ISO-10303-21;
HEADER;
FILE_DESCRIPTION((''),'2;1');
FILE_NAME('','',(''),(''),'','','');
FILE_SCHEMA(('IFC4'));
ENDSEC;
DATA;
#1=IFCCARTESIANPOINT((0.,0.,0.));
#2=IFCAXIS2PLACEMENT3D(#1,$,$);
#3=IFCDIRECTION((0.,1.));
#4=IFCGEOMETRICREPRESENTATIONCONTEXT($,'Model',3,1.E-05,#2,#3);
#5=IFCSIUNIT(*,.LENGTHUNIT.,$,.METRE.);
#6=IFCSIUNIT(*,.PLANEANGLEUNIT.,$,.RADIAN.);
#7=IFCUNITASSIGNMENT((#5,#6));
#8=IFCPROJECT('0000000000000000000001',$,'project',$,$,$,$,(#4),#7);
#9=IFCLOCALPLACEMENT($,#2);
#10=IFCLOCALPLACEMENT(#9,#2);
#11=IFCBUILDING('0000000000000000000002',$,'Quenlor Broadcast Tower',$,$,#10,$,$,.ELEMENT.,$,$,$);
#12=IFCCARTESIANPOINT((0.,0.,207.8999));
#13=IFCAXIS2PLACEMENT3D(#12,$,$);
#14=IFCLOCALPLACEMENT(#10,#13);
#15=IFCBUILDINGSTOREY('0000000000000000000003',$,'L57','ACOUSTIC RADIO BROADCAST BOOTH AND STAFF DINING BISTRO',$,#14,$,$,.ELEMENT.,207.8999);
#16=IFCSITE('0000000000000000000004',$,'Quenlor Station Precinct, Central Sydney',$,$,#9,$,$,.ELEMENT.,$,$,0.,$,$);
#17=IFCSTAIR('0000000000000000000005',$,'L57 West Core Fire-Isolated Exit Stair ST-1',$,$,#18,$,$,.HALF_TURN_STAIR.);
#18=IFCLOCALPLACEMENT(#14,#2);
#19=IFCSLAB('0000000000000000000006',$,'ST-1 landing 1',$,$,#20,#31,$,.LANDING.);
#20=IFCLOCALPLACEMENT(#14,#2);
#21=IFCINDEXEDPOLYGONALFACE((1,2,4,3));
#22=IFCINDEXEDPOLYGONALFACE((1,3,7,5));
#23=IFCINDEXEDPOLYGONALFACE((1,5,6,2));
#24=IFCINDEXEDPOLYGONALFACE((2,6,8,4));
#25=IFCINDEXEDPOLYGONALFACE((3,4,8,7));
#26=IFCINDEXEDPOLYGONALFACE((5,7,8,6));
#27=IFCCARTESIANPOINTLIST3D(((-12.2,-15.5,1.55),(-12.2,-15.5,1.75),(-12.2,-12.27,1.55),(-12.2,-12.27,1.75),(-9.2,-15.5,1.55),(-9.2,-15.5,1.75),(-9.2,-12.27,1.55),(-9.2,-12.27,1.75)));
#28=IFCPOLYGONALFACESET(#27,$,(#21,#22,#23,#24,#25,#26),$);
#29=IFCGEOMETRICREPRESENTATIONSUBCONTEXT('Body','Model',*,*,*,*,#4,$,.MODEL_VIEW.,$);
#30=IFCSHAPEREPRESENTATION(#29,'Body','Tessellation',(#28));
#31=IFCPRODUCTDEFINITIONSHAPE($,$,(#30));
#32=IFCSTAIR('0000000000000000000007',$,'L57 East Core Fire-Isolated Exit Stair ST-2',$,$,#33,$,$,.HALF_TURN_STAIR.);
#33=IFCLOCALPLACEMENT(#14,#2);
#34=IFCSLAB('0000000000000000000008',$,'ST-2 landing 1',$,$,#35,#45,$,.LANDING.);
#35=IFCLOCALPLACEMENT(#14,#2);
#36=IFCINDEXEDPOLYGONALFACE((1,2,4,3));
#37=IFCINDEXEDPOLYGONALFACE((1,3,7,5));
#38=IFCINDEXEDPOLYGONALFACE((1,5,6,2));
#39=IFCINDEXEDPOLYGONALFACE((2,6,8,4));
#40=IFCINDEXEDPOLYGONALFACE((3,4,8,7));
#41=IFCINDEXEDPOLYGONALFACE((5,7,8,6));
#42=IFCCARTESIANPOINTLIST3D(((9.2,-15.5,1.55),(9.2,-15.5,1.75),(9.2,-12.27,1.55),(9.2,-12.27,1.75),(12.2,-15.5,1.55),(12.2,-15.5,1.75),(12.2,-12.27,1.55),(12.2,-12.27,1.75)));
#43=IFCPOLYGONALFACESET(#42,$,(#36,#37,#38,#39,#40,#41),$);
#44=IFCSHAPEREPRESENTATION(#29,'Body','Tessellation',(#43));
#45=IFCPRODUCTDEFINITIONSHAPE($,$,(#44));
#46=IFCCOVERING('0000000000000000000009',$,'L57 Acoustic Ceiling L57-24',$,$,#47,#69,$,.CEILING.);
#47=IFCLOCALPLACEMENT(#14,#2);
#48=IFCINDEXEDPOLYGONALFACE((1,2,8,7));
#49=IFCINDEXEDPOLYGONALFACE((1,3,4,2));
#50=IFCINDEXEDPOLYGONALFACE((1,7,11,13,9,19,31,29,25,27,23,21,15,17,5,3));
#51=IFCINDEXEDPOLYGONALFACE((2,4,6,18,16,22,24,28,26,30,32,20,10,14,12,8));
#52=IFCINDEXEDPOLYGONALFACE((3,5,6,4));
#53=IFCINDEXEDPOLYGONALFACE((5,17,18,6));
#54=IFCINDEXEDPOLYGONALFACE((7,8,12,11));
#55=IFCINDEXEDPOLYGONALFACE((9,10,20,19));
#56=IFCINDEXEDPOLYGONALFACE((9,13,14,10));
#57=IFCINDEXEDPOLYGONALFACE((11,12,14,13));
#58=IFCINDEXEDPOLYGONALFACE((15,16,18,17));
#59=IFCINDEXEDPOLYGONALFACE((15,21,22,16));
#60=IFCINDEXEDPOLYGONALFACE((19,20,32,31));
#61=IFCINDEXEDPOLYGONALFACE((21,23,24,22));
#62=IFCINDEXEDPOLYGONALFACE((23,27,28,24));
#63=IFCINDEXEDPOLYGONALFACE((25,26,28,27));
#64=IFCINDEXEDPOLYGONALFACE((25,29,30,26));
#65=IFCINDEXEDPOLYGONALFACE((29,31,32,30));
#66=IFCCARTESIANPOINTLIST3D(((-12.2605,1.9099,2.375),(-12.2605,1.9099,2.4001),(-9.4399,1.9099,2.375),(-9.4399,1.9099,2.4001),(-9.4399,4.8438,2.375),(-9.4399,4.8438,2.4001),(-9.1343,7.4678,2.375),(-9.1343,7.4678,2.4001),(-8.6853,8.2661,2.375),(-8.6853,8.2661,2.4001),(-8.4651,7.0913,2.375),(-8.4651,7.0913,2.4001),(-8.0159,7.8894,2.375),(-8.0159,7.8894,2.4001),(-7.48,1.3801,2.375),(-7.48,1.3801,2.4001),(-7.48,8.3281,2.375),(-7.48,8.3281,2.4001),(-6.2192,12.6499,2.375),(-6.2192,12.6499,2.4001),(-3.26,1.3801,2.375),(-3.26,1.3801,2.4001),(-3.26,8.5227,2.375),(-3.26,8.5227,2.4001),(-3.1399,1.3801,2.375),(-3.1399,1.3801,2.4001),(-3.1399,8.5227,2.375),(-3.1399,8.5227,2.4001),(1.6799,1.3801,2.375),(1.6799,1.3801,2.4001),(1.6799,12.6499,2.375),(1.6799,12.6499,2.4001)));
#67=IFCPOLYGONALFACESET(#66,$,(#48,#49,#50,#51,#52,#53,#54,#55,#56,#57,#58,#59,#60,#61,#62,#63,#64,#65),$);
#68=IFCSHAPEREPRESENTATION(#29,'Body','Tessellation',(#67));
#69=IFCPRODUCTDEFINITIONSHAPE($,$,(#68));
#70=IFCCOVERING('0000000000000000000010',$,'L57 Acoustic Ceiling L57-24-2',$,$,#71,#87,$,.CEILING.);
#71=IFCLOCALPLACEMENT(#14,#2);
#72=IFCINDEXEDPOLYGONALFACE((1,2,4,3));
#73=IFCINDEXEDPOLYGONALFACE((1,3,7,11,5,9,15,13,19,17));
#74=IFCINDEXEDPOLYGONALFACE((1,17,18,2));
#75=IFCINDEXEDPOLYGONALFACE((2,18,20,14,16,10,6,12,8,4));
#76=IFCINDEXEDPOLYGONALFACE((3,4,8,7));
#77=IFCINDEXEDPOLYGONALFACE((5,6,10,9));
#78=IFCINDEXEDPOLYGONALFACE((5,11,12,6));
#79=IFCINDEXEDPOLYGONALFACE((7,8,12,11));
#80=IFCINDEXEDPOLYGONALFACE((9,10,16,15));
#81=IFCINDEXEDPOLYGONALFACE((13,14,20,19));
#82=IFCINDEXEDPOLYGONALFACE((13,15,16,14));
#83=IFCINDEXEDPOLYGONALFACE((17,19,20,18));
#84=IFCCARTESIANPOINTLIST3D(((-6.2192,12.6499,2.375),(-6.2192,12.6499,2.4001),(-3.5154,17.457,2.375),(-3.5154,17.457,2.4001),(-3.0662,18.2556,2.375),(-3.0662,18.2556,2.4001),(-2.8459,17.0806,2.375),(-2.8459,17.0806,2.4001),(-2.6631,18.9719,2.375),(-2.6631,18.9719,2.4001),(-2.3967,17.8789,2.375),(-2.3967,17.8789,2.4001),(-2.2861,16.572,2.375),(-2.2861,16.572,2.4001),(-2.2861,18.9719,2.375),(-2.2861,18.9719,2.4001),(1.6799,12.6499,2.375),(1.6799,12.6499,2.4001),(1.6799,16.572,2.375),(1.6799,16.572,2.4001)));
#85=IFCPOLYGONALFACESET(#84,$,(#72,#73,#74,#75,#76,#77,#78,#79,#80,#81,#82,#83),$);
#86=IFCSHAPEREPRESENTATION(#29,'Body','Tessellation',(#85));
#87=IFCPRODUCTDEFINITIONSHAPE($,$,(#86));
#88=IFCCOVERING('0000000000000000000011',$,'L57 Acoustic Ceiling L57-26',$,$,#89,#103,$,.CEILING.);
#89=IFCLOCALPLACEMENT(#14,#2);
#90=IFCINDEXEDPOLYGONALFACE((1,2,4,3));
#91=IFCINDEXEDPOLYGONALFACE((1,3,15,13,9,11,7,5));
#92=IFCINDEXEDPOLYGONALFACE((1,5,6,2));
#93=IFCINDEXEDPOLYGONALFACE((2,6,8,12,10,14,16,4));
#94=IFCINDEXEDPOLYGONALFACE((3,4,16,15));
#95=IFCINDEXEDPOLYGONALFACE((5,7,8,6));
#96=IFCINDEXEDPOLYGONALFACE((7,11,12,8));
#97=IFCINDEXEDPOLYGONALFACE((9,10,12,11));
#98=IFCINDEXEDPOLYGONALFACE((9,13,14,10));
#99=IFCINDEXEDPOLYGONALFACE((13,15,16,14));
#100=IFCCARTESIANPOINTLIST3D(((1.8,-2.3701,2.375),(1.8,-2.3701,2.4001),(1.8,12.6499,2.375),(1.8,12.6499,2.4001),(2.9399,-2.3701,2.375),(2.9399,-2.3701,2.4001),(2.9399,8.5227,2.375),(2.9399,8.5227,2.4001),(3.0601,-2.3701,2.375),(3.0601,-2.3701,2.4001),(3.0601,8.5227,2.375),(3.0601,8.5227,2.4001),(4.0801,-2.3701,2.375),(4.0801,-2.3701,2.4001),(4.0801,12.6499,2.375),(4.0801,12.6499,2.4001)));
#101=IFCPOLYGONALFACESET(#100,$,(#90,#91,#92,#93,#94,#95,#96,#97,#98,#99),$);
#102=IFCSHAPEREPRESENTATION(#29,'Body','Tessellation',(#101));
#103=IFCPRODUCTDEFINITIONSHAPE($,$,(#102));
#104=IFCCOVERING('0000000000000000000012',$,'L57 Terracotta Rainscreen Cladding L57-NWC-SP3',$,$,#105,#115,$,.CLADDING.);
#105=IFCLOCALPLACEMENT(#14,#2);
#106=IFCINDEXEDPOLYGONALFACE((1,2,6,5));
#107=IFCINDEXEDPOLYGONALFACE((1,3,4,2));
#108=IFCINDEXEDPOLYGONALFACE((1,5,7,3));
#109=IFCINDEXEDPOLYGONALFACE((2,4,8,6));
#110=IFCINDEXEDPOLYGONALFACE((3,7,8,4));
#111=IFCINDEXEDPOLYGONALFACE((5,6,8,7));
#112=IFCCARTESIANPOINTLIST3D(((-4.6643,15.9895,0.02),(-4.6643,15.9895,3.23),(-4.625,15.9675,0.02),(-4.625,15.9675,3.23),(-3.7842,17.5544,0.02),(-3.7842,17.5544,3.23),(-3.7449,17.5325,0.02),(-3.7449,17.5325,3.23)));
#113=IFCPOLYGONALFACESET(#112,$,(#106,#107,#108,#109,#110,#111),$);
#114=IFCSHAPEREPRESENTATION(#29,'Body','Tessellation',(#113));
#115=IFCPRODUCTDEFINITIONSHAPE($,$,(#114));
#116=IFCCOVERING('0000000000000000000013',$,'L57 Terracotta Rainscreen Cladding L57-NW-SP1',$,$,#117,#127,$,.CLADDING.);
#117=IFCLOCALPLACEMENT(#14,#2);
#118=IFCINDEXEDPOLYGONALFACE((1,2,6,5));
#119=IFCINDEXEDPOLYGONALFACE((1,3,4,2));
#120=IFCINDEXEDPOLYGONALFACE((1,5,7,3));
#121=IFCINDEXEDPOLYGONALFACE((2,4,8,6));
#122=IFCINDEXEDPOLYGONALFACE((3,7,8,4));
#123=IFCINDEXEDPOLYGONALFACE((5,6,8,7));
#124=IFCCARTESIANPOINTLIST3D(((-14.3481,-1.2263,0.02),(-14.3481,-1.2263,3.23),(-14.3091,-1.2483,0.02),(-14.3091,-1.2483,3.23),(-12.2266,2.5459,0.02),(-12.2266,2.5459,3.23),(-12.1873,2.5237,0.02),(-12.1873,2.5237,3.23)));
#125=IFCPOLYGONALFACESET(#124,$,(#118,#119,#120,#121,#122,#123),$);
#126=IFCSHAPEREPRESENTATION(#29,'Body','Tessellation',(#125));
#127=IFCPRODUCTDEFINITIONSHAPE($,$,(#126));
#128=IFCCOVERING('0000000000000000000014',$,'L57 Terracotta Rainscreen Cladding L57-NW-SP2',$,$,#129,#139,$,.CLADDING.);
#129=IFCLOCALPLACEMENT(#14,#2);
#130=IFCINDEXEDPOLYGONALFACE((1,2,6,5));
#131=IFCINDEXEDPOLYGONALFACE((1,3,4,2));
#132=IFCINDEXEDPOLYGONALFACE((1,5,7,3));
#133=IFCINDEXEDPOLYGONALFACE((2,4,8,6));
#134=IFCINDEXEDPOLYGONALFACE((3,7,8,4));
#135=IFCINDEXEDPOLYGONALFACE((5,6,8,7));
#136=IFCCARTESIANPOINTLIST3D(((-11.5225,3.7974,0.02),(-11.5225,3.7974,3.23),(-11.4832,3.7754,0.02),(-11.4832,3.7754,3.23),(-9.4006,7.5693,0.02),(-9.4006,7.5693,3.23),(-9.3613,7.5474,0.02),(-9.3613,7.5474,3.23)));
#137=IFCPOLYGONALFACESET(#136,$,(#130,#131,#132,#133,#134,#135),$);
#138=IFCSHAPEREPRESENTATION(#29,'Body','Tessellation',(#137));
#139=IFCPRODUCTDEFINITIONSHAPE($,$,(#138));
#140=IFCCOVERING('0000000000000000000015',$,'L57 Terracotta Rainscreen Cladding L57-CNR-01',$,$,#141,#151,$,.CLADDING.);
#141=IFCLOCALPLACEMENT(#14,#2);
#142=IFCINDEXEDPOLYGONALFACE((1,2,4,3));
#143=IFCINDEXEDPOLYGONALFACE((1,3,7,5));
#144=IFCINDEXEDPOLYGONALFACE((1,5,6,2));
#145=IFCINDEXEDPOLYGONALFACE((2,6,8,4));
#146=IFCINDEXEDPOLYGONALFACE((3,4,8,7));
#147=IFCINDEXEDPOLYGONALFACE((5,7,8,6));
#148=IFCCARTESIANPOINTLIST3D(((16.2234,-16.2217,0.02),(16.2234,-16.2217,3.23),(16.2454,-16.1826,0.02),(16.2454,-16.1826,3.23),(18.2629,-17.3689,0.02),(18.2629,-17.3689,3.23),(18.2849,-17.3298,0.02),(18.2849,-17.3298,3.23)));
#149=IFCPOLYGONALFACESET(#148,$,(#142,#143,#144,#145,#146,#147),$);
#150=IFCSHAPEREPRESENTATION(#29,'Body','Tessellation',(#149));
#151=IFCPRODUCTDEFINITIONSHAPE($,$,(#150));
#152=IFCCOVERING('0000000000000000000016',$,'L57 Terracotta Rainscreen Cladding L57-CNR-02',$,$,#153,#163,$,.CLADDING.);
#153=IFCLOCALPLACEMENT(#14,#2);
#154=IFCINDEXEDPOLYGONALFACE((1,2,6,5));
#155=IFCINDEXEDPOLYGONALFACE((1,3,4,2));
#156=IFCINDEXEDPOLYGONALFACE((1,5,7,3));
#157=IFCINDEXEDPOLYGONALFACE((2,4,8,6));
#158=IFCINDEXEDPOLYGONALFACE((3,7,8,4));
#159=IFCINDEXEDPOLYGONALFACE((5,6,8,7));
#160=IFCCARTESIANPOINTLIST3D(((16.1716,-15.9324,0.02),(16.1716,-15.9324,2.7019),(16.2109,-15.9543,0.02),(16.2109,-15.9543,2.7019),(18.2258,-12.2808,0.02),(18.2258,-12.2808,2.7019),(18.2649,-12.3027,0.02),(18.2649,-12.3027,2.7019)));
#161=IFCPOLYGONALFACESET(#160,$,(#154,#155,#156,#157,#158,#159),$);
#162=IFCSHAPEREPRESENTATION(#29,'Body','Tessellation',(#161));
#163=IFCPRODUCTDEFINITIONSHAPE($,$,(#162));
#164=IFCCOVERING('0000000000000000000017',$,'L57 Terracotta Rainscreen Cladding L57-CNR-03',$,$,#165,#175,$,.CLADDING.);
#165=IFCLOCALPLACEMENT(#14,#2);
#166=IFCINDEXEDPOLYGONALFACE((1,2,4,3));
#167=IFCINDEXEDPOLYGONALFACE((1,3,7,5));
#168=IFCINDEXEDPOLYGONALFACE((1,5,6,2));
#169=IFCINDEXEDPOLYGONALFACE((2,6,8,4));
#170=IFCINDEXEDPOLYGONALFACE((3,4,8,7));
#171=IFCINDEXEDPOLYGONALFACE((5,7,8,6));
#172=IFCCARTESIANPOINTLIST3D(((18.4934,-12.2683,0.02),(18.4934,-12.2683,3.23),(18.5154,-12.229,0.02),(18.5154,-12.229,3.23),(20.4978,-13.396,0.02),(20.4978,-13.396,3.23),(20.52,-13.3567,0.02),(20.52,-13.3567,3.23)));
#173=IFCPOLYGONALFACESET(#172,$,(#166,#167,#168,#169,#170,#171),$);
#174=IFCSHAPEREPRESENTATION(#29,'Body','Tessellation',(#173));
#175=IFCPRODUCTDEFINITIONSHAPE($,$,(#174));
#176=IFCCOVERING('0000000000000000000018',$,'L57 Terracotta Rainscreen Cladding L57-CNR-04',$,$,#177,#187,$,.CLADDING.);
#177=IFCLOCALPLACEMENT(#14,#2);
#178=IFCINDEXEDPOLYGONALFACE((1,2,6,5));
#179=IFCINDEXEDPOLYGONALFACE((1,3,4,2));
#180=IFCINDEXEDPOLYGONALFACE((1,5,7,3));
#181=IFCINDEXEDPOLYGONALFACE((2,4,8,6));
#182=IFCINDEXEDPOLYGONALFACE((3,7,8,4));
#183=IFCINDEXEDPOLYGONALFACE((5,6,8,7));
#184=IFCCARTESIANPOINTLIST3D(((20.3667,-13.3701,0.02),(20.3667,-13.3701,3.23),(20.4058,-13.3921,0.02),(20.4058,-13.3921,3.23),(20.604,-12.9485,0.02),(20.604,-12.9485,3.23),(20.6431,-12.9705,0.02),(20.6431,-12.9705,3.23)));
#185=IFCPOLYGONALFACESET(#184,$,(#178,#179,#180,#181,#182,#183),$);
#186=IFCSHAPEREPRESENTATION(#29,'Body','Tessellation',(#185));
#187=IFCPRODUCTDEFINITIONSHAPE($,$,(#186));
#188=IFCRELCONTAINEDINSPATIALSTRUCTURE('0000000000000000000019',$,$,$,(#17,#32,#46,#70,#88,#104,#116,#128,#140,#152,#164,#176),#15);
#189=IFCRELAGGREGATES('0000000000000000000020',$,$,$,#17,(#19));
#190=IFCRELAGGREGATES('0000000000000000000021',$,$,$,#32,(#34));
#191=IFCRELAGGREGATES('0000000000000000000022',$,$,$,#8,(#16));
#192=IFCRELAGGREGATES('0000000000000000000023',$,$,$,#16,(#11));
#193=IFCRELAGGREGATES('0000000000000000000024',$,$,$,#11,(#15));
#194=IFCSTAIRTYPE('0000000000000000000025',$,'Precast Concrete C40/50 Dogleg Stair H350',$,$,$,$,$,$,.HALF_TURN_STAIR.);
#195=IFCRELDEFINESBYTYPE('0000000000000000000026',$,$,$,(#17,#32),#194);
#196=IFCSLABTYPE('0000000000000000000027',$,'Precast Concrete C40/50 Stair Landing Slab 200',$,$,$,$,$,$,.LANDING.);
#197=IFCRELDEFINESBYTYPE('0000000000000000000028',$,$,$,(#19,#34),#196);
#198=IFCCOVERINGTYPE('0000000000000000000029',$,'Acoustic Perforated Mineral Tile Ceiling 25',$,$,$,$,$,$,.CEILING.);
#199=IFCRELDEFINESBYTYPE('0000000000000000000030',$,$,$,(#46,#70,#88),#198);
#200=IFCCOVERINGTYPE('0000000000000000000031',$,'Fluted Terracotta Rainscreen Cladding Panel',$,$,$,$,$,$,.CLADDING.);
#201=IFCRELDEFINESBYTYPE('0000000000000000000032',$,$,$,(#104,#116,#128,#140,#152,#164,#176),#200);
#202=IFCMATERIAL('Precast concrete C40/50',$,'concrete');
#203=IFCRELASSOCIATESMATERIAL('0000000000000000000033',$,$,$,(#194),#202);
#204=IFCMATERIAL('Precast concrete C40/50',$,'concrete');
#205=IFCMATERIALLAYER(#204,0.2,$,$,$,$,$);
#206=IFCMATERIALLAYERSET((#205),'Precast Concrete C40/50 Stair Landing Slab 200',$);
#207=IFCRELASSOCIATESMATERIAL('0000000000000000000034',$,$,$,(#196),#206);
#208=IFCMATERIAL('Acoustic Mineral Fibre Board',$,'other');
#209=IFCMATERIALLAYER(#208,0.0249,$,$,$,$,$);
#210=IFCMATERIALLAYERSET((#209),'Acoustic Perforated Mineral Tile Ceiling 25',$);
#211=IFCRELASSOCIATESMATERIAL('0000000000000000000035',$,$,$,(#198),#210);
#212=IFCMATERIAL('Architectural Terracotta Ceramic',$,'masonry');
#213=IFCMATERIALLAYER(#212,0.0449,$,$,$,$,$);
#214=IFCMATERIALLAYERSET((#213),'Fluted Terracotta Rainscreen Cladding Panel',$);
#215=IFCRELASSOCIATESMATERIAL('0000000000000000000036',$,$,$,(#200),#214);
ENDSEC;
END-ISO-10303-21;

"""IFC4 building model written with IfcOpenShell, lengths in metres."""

from ifc_helpers import new_model, si_unit, direction, frame, origin, place, context, subcontext, project, spatial, polyline, outline, extrude, material, layer, layer_set, type_object, element, aggregate, save


model = new_model("IFC4")

# Units and contexts
model_context = context("Model", 3, precision=1e-05, world=origin(), true_north=direction((0.0, 1.0)))
body_context = subcontext(model_context, "Body", "Model", "MODEL_VIEW")
ifc_project = project(units=[si_unit("LENGTHUNIT", "METRE"), si_unit("PLANEANGLEUNIT", "RADIAN")], contexts=[model_context])

# Site, building, storey
site_placement = place(None, origin())
site = spatial("IfcSite", under=ifc_project, at=site_placement, Name="Quenlor Station Precinct, Central Sydney", CompositionType="ELEMENT", RefElevation=0.0)
building_placement = place(site_placement, origin())
building = spatial("IfcBuilding", under=site, at=building_placement, Name="Quenlor Broadcast Tower", CompositionType="ELEMENT")
storey_placement = place(building_placement, frame((0.0, 0.0, 207.8999)))
storey = spatial("IfcBuildingStorey", under=building, at=storey_placement, Name="L57", Description="ACOUSTIC RADIO BROADCAST BOOTH AND STAFF DINING BISTRO", CompositionType="ELEMENT", Elevation=207.8999)

# Stairs, slabs
ifc_material_1 = material(Name="Precast concrete C40/50", Category="concrete")
stair_type = type_object("IfcStairType", Name="Precast Concrete C40/50 Dogleg Stair H350", PredefinedType="HALF_TURN_STAIR", material=ifc_material_1)
stair_1_placement = place(storey_placement, origin())
stair_1 = element("IfcStair", 1, at=stair_1_placement, inside=storey, type_object=stair_type, Name="L57 West Core Fire-Isolated Exit Stair ST-1", PredefinedType="HALF_TURN_STAIR")
ifc_material_2 = material(Name="Precast concrete C40/50", Category="concrete")
ifc_layer_1 = layer(ifc_material_2, 0.2)
ifc_layer_set_1 = layer_set([ifc_layer_1], Name="Precast Concrete C40/50 Stair Landing Slab 200")
slab_type = type_object("IfcSlabType", Name="Precast Concrete C40/50 Stair Landing Slab 200", PredefinedType="LANDING", material=ifc_layer_set_1)
slab_1_placement = place(storey_placement, frame((0.0, 0.0, 1.55)))
slab_1 = element("IfcSlab", 2, at=slab_1_placement, type_object=slab_type, Name="ST-1 landing 1", PredefinedType="LANDING", context=body_context, shape_type="SweptSolid", body=[
    extrude(outline(polyline([(-12.2, -12.27), (-12.2, -15.5), (-9.2, -15.5), (-9.2, -12.27), (-12.2, -12.27)])), origin(), (0.0, 0.0, 1.0), 0.2),
])
aggregate(stair_1, [slab_1])
stair_2_placement = place(storey_placement, origin())
stair_2 = element("IfcStair", 3, at=stair_2_placement, inside=storey, type_object=stair_type, Name="L57 East Core Fire-Isolated Exit Stair ST-2", PredefinedType="HALF_TURN_STAIR")
slab_2_placement = place(storey_placement, frame((0.0, 0.0, 1.55)))
slab_2 = element("IfcSlab", 4, at=slab_2_placement, type_object=slab_type, Name="ST-2 landing 1", PredefinedType="LANDING", context=body_context, shape_type="SweptSolid", body=[
    extrude(outline(polyline([(9.2, -12.27), (9.2, -15.5), (12.2, -15.5), (12.2, -12.27), (9.2, -12.27)])), origin(), (0.0, 0.0, 1.0), 0.2),
])
aggregate(stair_2, [slab_2])

# Coverings
ifc_material_3 = material(Name="Acoustic Mineral Fibre Board", Category="other")
ifc_layer_2 = layer(ifc_material_3, 0.0249)
ifc_layer_set_2 = layer_set([ifc_layer_2], Name="Acoustic Perforated Mineral Tile Ceiling 25")
covering_type_1 = type_object("IfcCoveringType", Name="Acoustic Perforated Mineral Tile Ceiling 25", PredefinedType="CEILING", material=ifc_layer_set_2)
covering_1_placement = place(storey_placement, frame((0.0, 0.0, 2.375)))
element("IfcCovering", 5, at=covering_1_placement, inside=storey, type_object=covering_type_1, Name="L57 Acoustic Ceiling L57-24", PredefinedType="CEILING", context=body_context, shape_type="SweptSolid", body=[
    extrude(outline(polyline([(1.6799, 1.3801), (-3.1399, 1.3801), (-3.1399, 8.5227), (-3.26, 8.5227), (-3.26, 1.3801), (-7.48, 1.3801), (-7.48, 8.3281), (-9.4399, 4.8438), (-9.4399, 1.9099), (-12.2605, 1.9099), (-9.1343, 7.4678), (-8.4651, 7.0913), (-8.0159, 7.8894), (-8.6853, 8.2661), (-6.2192, 12.6499), (1.6799, 12.6499), (1.6799, 1.3801)])), origin(), (0.0, 0.0, 1.0), 0.0251),
])
covering_2_placement = place(storey_placement, frame((0.0, 0.0, 2.375)))
element("IfcCovering", 6, at=covering_2_placement, inside=storey, type_object=covering_type_1, Name="L57 Acoustic Ceiling L57-24-2", PredefinedType="CEILING", context=body_context, shape_type="SweptSolid", body=[
    extrude(outline(polyline([(-2.3967, 17.8789), (-3.0662, 18.2556), (-2.6631, 18.9719), (-2.2861, 18.9719), (-2.2861, 16.572), (1.6799, 16.572), (1.6799, 12.6499), (-6.2192, 12.6499), (-3.5154, 17.457), (-2.8459, 17.0806), (-2.3967, 17.8789)])), origin(), (0.0, 0.0, 1.0), 0.0251),
])
covering_3_placement = place(storey_placement, frame((0.0, 0.0, 2.375)))
element("IfcCovering", 7, at=covering_3_placement, inside=storey, type_object=covering_type_1, Name="L57 Acoustic Ceiling L57-26", PredefinedType="CEILING", context=body_context, shape_type="SweptSolid", body=[
    extrude(outline(polyline([(4.0801, -2.3701), (3.0601, -2.3701), (3.0601, 8.5227), (2.9399, 8.5227), (2.9399, -2.3701), (1.8, -2.3701), (1.8, 12.6499), (4.0801, 12.6499), (4.0801, -2.3701)])), origin(), (0.0, 0.0, 1.0), 0.0251),
])
ifc_material_4 = material(Name="Architectural Terracotta Ceramic", Category="masonry")
ifc_layer_3 = layer(ifc_material_4, 0.0449)
ifc_layer_set_3 = layer_set([ifc_layer_3], Name="Fluted Terracotta Rainscreen Cladding Panel")
covering_type_2 = type_object("IfcCoveringType", Name="Fluted Terracotta Rainscreen Cladding Panel", PredefinedType="CLADDING", material=ifc_layer_set_3)
covering_4_placement = place(storey_placement, frame((0.0, 0.0, 0.02)))
element("IfcCovering", 8, at=covering_4_placement, inside=storey, type_object=covering_type_2, Name="L57 Terracotta Rainscreen Cladding L57-NWC-SP3", PredefinedType="CLADDING", context=body_context, shape_type="SweptSolid", body=[
    extrude(outline(polyline([(-4.625, 15.9675), (-3.7449, 17.5325), (-3.7842, 17.5544), (-4.6643, 15.9895), (-4.625, 15.9675)])), origin(), (0.0, 0.0, 1.0), 3.21),
])
covering_5_placement = place(storey_placement, frame((0.0, 0.0, 0.02)))
element("IfcCovering", 9, at=covering_5_placement, inside=storey, type_object=covering_type_2, Name="L57 Terracotta Rainscreen Cladding L57-NW-SP1", PredefinedType="CLADDING", context=body_context, shape_type="SweptSolid", body=[
    extrude(outline(polyline([(-14.3091, -1.2483), (-12.1873, 2.5237), (-12.2266, 2.5459), (-14.3481, -1.2263), (-14.3091, -1.2483)])), origin(), (0.0, 0.0, 1.0), 3.21),
])
covering_6_placement = place(storey_placement, frame((0.0, 0.0, 0.02)))
element("IfcCovering", 10, at=covering_6_placement, inside=storey, type_object=covering_type_2, Name="L57 Terracotta Rainscreen Cladding L57-NW-SP2", PredefinedType="CLADDING", context=body_context, shape_type="SweptSolid", body=[
    extrude(outline(polyline([(-11.4832, 3.7754), (-9.3613, 7.5474), (-9.4006, 7.5693), (-11.5225, 3.7974), (-11.4832, 3.7754)])), origin(), (0.0, 0.0, 1.0), 3.21),
])
covering_7_placement = place(storey_placement, frame((0.0, 0.0, 0.02)))
element("IfcCovering", 11, at=covering_7_placement, inside=storey, type_object=covering_type_2, Name="L57 Terracotta Rainscreen Cladding L57-CNR-01", PredefinedType="CLADDING", context=body_context, shape_type="SweptSolid", body=[
    extrude(outline(polyline([(18.2849, -17.3298), (16.2454, -16.1826), (16.2234, -16.2217), (18.2629, -17.3689), (18.2849, -17.3298)])), origin(), (0.0, 0.0, 1.0), 3.21),
])
covering_8_placement = place(storey_placement, frame((0.0, 0.0, 0.02)))
element("IfcCovering", 12, at=covering_8_placement, inside=storey, type_object=covering_type_2, Name="L57 Terracotta Rainscreen Cladding L57-CNR-02", PredefinedType="CLADDING", context=body_context, shape_type="SweptSolid", body=[
    extrude(outline(polyline([(16.2109, -15.9543), (18.2649, -12.3027), (18.2258, -12.2808), (16.1716, -15.9324), (16.2109, -15.9543)])), origin(), (0.0, 0.0, 1.0), 2.6819),
])
covering_9_placement = place(storey_placement, frame((0.0, 0.0, 0.02)))
element("IfcCovering", 13, at=covering_9_placement, inside=storey, type_object=covering_type_2, Name="L57 Terracotta Rainscreen Cladding L57-CNR-03", PredefinedType="CLADDING", context=body_context, shape_type="SweptSolid", body=[
    extrude(outline(polyline([(18.4934, -12.2683), (20.4978, -13.396), (20.52, -13.3567), (18.5154, -12.229), (18.4934, -12.2683)])), origin(), (0.0, 0.0, 1.0), 3.21),
])
covering_10_placement = place(storey_placement, frame((0.0, 0.0, 0.02)))
element("IfcCovering", 14, at=covering_10_placement, inside=storey, type_object=covering_type_2, Name="L57 Terracotta Rainscreen Cladding L57-CNR-04", PredefinedType="CLADDING", context=body_context, shape_type="SweptSolid", body=[
    extrude(outline(polyline([(20.4058, -13.3921), (20.6431, -12.9705), (20.604, -12.9485), (20.3667, -13.3701), (20.4058, -13.3921)])), origin(), (0.0, 0.0, 1.0), 3.21),
])

save(model, "model.ifc")
